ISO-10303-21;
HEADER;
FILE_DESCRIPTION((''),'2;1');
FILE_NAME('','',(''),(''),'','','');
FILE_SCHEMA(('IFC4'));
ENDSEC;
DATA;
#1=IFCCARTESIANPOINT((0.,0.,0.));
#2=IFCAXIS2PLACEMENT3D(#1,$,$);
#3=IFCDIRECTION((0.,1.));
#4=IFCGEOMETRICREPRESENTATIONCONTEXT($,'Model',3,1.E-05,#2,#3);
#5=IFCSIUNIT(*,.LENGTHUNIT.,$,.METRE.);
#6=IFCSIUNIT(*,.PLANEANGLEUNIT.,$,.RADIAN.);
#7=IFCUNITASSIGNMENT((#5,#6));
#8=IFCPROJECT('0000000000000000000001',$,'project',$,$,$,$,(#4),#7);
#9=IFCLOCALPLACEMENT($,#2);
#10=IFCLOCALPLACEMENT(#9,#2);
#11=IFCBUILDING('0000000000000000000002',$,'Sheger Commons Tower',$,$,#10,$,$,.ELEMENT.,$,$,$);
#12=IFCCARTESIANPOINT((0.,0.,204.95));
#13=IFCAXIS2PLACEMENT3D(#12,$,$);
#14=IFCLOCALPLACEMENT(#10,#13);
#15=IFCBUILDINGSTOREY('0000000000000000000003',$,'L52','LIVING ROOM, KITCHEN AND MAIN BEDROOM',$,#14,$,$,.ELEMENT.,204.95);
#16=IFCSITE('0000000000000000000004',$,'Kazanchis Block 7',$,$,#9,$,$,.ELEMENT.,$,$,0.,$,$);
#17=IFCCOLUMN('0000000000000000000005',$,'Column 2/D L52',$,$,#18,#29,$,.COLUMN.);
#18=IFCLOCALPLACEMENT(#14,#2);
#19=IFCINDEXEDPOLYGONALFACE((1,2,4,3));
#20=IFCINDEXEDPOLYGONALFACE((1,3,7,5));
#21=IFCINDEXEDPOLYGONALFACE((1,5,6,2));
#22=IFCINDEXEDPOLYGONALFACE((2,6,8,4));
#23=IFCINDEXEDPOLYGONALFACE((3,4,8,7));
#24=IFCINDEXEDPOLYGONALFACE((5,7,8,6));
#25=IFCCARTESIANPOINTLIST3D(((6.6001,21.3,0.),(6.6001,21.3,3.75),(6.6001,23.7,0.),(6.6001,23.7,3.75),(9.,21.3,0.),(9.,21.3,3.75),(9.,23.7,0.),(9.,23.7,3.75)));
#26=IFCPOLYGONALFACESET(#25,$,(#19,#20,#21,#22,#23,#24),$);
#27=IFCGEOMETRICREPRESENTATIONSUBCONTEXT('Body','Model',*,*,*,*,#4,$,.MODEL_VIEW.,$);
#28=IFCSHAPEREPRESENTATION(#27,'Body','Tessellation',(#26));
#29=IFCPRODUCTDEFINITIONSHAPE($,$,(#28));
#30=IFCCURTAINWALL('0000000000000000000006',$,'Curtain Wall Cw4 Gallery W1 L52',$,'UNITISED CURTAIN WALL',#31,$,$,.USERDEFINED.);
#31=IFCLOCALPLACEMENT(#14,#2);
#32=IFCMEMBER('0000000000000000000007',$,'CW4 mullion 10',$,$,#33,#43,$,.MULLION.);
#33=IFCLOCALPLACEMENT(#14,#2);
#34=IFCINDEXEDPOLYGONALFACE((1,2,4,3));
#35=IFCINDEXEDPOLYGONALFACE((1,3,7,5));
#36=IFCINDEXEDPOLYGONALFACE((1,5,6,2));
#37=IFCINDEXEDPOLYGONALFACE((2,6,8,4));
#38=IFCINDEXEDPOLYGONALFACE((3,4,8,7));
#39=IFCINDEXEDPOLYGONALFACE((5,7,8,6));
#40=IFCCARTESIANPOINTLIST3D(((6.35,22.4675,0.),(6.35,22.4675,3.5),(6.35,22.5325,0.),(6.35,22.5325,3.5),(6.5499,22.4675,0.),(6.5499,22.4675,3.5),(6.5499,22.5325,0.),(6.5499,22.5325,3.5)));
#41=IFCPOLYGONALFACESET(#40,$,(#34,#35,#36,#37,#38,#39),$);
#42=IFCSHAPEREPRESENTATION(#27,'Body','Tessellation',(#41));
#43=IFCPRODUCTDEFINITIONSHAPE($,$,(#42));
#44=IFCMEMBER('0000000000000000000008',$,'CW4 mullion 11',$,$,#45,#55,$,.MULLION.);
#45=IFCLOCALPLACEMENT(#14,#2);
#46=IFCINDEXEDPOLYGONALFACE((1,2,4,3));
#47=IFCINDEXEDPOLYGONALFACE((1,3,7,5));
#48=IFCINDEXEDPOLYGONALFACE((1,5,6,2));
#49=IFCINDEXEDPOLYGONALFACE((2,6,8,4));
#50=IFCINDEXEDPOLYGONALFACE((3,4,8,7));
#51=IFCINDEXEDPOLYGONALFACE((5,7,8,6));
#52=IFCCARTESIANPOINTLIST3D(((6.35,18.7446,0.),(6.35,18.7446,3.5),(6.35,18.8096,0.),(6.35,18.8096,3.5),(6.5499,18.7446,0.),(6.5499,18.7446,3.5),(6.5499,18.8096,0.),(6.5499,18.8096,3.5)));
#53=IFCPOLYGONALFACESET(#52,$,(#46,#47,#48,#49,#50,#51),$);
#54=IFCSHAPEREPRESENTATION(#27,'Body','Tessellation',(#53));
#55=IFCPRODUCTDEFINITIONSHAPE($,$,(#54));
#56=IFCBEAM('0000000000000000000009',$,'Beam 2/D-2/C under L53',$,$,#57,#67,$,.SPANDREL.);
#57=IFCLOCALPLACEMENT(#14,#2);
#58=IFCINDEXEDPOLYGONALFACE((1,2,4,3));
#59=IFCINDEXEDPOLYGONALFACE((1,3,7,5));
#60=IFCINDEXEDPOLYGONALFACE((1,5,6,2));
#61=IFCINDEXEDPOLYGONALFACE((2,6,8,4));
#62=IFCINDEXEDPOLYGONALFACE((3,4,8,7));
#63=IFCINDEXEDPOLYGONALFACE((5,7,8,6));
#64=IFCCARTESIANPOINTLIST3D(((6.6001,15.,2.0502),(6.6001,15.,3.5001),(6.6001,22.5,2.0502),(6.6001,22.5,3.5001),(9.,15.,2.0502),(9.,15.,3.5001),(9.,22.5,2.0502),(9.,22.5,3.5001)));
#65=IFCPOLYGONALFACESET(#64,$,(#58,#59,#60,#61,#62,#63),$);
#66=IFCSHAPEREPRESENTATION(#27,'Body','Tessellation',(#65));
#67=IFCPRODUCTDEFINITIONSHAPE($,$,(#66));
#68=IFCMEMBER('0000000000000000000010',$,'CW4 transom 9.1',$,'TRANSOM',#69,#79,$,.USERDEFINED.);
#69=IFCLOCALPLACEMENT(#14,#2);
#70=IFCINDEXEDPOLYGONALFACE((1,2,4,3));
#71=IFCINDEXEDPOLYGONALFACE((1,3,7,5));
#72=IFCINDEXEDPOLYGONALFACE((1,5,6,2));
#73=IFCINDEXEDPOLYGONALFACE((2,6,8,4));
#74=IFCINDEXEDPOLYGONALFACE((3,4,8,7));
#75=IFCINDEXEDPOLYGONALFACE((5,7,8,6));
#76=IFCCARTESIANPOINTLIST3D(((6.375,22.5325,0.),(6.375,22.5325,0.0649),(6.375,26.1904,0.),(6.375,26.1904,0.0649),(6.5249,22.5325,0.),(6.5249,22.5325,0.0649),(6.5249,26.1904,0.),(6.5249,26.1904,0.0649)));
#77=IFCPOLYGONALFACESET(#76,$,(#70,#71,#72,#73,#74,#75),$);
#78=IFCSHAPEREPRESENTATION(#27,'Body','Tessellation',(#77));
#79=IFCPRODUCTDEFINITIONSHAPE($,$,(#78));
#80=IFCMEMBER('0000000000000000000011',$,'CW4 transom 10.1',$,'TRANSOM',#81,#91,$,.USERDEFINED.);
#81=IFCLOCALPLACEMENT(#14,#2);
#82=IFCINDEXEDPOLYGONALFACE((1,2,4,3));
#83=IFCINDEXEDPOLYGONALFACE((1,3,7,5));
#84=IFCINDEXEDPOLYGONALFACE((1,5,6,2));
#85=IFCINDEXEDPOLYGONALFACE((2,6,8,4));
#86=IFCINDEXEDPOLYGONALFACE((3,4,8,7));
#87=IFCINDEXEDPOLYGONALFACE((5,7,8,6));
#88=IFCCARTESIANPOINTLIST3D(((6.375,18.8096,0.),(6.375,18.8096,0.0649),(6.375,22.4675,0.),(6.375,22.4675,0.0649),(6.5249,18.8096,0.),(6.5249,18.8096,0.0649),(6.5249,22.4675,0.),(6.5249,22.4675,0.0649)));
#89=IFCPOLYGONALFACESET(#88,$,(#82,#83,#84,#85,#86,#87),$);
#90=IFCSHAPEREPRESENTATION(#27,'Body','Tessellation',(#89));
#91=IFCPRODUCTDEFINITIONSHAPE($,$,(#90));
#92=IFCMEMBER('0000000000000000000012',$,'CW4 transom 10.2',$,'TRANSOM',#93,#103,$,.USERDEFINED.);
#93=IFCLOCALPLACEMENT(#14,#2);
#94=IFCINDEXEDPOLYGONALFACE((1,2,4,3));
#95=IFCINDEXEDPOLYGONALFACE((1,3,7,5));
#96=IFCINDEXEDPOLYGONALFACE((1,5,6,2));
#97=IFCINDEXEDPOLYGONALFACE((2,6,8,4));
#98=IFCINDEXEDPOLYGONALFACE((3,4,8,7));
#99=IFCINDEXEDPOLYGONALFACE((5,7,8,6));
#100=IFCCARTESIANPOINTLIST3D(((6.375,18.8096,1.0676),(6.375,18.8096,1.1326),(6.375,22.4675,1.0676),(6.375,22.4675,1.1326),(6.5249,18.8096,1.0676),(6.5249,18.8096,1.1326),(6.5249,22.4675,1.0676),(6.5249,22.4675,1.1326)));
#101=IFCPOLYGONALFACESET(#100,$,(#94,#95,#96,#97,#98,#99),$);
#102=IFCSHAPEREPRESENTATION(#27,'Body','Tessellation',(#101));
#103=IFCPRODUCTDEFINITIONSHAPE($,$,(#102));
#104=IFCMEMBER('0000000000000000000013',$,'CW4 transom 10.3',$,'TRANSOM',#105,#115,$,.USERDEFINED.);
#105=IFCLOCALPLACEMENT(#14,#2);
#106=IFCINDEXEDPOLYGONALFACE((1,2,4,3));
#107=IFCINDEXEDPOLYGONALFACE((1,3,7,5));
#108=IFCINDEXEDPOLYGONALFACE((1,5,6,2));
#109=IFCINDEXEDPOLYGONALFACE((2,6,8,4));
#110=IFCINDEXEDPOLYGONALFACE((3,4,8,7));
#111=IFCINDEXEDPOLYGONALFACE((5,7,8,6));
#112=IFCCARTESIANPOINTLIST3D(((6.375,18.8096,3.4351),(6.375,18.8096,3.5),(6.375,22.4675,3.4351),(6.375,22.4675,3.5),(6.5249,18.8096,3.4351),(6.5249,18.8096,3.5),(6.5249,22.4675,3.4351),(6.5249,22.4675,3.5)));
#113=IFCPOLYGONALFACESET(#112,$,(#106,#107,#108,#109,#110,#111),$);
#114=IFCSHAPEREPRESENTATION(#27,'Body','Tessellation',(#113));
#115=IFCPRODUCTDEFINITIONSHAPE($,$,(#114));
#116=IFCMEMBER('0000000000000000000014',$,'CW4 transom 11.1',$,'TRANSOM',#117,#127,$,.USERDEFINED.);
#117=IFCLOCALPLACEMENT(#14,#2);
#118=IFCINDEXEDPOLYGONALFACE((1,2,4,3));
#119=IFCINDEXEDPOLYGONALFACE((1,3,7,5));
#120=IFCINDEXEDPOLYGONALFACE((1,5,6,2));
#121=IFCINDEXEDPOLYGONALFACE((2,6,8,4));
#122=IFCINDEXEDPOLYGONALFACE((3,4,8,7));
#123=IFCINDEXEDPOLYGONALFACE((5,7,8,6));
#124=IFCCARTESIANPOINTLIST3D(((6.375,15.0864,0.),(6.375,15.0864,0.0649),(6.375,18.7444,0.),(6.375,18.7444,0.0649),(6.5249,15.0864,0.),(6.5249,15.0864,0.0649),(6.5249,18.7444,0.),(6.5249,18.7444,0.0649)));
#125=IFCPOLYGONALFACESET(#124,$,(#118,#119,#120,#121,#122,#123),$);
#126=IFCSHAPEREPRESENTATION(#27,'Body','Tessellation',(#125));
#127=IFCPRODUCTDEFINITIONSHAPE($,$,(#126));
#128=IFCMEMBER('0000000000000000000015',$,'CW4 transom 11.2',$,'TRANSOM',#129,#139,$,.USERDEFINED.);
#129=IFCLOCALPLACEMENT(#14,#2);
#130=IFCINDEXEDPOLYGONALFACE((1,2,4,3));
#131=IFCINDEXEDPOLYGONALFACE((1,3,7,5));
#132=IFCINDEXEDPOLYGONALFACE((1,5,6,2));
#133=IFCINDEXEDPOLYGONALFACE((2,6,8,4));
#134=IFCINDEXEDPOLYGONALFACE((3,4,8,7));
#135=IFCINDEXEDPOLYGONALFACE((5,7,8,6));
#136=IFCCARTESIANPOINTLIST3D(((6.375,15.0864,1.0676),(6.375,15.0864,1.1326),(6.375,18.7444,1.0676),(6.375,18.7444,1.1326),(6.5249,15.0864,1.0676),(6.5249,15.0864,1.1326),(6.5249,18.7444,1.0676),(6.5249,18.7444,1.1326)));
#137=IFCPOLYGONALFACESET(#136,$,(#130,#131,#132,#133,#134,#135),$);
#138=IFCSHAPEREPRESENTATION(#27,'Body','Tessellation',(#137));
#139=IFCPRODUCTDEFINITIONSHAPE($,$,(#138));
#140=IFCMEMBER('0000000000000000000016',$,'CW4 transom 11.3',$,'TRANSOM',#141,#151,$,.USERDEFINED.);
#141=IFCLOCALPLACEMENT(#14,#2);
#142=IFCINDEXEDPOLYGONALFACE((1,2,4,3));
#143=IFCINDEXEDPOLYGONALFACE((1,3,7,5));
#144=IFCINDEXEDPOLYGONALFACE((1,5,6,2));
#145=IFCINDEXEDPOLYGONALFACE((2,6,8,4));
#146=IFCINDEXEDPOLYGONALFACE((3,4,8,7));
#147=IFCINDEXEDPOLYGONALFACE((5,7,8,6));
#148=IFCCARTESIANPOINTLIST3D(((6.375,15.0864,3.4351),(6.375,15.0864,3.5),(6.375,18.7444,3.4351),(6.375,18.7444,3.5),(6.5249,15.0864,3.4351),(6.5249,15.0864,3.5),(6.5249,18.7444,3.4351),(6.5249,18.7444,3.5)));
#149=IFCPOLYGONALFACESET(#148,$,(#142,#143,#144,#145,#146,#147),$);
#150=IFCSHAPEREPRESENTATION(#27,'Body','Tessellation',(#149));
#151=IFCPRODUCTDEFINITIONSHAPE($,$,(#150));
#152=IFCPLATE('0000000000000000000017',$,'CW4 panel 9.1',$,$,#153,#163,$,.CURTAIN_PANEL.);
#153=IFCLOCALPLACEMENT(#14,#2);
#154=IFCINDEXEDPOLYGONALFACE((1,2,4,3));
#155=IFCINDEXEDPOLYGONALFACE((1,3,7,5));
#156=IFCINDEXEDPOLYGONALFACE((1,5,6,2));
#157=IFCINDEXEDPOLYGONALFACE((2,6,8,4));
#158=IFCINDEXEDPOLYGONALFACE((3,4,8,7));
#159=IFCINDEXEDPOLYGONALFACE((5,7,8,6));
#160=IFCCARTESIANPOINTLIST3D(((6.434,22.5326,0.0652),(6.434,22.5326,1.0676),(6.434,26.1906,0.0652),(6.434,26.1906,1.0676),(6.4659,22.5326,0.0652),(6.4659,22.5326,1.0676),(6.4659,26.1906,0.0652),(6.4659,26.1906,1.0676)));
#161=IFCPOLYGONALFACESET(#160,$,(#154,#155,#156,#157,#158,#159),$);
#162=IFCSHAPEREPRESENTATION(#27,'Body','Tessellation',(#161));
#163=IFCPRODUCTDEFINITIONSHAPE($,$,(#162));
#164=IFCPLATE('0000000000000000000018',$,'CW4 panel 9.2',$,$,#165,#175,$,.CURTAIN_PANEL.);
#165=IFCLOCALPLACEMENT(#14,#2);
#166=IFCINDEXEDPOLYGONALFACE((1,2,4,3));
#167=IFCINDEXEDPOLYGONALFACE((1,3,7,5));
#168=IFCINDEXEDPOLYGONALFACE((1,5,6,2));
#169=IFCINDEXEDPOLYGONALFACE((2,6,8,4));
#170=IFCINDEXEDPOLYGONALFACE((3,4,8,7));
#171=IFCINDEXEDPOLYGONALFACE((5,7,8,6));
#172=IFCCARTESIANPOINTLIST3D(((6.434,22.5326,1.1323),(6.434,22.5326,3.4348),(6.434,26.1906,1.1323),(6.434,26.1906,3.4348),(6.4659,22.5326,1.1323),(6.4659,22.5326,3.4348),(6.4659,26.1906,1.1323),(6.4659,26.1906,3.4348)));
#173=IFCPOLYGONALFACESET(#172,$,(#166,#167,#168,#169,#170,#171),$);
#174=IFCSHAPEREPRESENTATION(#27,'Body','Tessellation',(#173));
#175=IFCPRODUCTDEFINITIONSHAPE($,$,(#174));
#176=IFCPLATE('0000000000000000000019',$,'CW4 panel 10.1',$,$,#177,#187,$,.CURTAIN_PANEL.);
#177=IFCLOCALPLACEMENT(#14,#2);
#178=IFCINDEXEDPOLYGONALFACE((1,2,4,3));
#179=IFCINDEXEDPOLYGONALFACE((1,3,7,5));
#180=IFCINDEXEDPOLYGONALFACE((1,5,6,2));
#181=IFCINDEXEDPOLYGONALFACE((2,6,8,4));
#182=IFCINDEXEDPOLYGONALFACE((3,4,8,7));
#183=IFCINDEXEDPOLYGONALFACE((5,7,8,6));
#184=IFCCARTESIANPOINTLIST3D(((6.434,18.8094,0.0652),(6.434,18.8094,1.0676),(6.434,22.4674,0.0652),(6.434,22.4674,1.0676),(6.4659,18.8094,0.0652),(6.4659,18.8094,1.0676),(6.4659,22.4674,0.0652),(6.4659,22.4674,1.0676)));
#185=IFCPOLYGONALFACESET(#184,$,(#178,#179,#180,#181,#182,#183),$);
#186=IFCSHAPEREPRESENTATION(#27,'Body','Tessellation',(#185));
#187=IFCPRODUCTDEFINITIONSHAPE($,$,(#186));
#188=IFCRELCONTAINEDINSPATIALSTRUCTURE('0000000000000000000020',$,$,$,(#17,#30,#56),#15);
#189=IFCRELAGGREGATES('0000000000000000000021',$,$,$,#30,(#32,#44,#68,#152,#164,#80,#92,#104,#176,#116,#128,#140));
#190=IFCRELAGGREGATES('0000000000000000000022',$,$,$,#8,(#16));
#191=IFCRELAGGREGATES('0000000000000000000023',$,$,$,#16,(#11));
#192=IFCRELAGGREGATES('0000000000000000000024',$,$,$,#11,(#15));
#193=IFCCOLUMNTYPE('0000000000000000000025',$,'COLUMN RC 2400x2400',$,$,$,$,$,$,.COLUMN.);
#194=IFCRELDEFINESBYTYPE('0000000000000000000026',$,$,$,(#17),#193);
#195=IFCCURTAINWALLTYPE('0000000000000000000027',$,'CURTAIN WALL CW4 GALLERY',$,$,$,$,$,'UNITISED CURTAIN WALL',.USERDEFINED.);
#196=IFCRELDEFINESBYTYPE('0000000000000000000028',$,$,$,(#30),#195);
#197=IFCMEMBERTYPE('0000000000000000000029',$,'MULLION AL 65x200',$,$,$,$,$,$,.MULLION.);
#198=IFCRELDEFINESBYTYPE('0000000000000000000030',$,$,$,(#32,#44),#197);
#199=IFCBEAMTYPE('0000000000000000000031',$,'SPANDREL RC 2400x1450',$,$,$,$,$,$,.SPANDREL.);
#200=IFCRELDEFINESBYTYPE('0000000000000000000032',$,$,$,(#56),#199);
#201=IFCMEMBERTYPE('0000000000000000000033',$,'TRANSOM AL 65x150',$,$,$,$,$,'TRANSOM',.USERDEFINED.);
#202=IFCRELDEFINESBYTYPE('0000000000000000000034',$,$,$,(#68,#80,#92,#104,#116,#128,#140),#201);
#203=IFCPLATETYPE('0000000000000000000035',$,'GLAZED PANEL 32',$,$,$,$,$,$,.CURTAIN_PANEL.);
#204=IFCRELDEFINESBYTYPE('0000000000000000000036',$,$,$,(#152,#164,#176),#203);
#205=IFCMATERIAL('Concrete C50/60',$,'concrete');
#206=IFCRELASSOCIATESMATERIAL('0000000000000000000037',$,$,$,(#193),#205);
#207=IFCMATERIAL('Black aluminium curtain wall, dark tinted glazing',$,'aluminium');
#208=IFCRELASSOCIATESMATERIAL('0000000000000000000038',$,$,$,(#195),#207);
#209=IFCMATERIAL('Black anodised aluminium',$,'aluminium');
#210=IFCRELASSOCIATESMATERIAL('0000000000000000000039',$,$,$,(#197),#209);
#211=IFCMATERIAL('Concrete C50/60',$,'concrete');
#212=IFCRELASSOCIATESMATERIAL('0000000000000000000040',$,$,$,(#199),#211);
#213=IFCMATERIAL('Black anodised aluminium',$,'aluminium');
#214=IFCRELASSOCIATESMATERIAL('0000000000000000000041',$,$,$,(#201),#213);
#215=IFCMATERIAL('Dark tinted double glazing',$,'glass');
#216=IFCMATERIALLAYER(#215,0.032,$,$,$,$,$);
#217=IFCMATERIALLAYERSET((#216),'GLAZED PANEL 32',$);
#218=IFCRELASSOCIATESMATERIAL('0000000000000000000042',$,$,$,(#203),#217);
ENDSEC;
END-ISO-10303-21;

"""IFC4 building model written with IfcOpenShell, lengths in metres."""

from ifc_helpers import new_model, si_unit, direction, frame, origin, origin_2d, place, context, subcontext, project, spatial, rectangle, extrude, material, layer, layer_set, material_profile, profile_set, type_object, element, aggregate, save


model = new_model("IFC4")

# Units and contexts
model_context = context("Model", 3, precision=1e-05, world=origin(), true_north=direction((0.0, 1.0)))
body_context = subcontext(model_context, "Body", "Model", "MODEL_VIEW")
ifc_project = project(units=[si_unit("LENGTHUNIT", "METRE"), si_unit("PLANEANGLEUNIT", "RADIAN")], contexts=[model_context])

# Site, building, storey
site_placement = place(None, origin())
site = spatial("IfcSite", under=ifc_project, at=site_placement, Name="Kazanchis Block 7", CompositionType="ELEMENT", RefElevation=0.0)
building_placement = place(site_placement, origin())
building = spatial("IfcBuilding", under=site, at=building_placement, Name="Sheger Commons Tower", CompositionType="ELEMENT")
storey_placement = place(building_placement, frame((0.0, 0.0, 204.95)))
storey = spatial("IfcBuildingStorey", under=building, at=storey_placement, Name="L52", Description="LIVING ROOM, KITCHEN AND MAIN BEDROOM", CompositionType="ELEMENT", Elevation=204.95)

# Column
ifc_material_1 = material(Name="Concrete C50/60", Category="concrete")
ifc_material_profile_1 = material_profile(ifc_material_1, rectangle(XDim=2.3999, YDim=2.3999, at=origin_2d()), Name="RC 2400x2400")
ifc_profile_set_1 = profile_set([ifc_material_profile_1], Name="Concrete C50/60")
column_type = type_object("IfcColumnType", Name="COLUMN RC 2400x2400", PredefinedType="COLUMN", material=ifc_profile_set_1)
column_placement = place(storey_placement, frame((7.8, 22.5, 0.0), z_axis=(0.0, 0.0, 1.0), x_axis=(1.0, 0.0, 0.0)))
element("IfcColumn", 1, at=column_placement, inside=storey, type_object=column_type, Name="Column 2/D L52", PredefinedType="COLUMN", context=body_context, shape_type="SweptSolid", body=[
    extrude(rectangle(XDim=2.3999, YDim=2.3999, at=origin_2d()), origin(), (0.0, 0.0, 1.0), 3.75),
])

# Curtain wall, members
ifc_material_2 = material(Name="Black aluminium curtain wall, dark tinted glazing", Category="aluminium")
curtain_wall_type = type_object("IfcCurtainWallType", Name="CURTAIN WALL CW4 GALLERY", ElementType="UNITISED CURTAIN WALL", PredefinedType="USERDEFINED", material=ifc_material_2)
curtain_wall_placement = place(storey_placement, origin())
curtain_wall = element("IfcCurtainWall", 2, at=curtain_wall_placement, inside=storey, type_object=curtain_wall_type, Name="Curtain Wall Cw4 Gallery W1 L52", ObjectType="UNITISED CURTAIN WALL", PredefinedType="USERDEFINED")
ifc_material_3 = material(Name="Black anodised aluminium", Category="aluminium")
ifc_material_profile_2 = material_profile(ifc_material_3, rectangle(XDim=0.2, YDim=0.0649, at=origin_2d()), Name="AL 65x200")
ifc_profile_set_2 = profile_set([ifc_material_profile_2], Name="Black anodised aluminium")
member_type_1 = type_object("IfcMemberType", Name="MULLION AL 65x200", PredefinedType="MULLION", material=ifc_profile_set_2)
member_1_placement = place(storey_placement, frame((6.45, 22.5, 0.0), z_axis=(0.0, 0.0, 1.0), x_axis=(1.0, 0.0, 0.0)))
member_1 = element("IfcMember", 3, at=member_1_placement, type_object=member_type_1, Name="CW4 mullion 10", PredefinedType="MULLION", context=body_context, shape_type="SweptSolid", body=[
    extrude(rectangle(XDim=0.2, YDim=0.0649, at=origin_2d()), origin(), (0.0, 0.0, 1.0), 3.5),
])
member_2_placement = place(storey_placement, frame((6.45, 18.7771, 0.0), z_axis=(0.0, 0.0, 1.0), x_axis=(1.0, 0.0, 0.0)))
member_2 = element("IfcMember", 4, at=member_2_placement, type_object=member_type_1, Name="CW4 mullion 11", PredefinedType="MULLION", context=body_context, shape_type="SweptSolid", body=[
    extrude(rectangle(XDim=0.2, YDim=0.0649, at=origin_2d()), origin(), (0.0, 0.0, 1.0), 3.5),
])

# Beam
ifc_material_4 = material(Name="Concrete C50/60", Category="concrete")
ifc_material_profile_3 = material_profile(ifc_material_4, rectangle(XDim=2.3999, YDim=1.45, at=origin_2d()), Name="RC 2400x1450")
ifc_profile_set_3 = profile_set([ifc_material_profile_3], Name="Concrete C50/60")
beam_type = type_object("IfcBeamType", Name="SPANDREL RC 2400x1450", PredefinedType="SPANDREL", material=ifc_profile_set_3)
beam_placement = place(storey_placement, frame((7.8, 22.5, 2.7751), z_axis=(0.0, -1.0, 0.0), x_axis=(1.0, 0.0, 0.0)))
element("IfcBeam", 5, at=beam_placement, inside=storey, type_object=beam_type, Name="Beam 2/D-2/C under L53", PredefinedType="SPANDREL", context=body_context, shape_type="SweptSolid", body=[
    extrude(rectangle(XDim=2.3999, YDim=1.45, at=origin_2d()), origin(), (0.0, 0.0, 1.0), 7.5),
])

# Members
ifc_material_5 = material(Name="Black anodised aluminium", Category="aluminium")
ifc_material_profile_4 = material_profile(ifc_material_5, rectangle(XDim=0.1499, YDim=0.0649, at=origin_2d()), Name="AL 65x150")
ifc_profile_set_4 = profile_set([ifc_material_profile_4], Name="Black anodised aluminium")
member_type_2 = type_object("IfcMemberType", Name="TRANSOM AL 65x150", ElementType="TRANSOM", PredefinedType="USERDEFINED", material=ifc_profile_set_4)
member_3_placement = place(storey_placement, frame((6.45, 26.1904, 0.0325), z_axis=(0.0, -1.0, 0.0), x_axis=(1.0, 0.0, 0.0)))
member_3 = element("IfcMember", 6, at=member_3_placement, type_object=member_type_2, Name="CW4 transom 9.1", ObjectType="TRANSOM", PredefinedType="USERDEFINED", context=body_context, shape_type="SweptSolid", body=[
    extrude(rectangle(XDim=0.1499, YDim=0.0649, at=origin_2d()), origin(), (0.0, 0.0, 1.0), 3.658),
])
member_4_placement = place(storey_placement, frame((6.45, 22.4675, 0.0325), z_axis=(0.0, -1.0, 0.0), x_axis=(1.0, 0.0, 0.0)))
member_4 = element("IfcMember", 7, at=member_4_placement, type_object=member_type_2, Name="CW4 transom 10.1", ObjectType="TRANSOM", PredefinedType="USERDEFINED", context=body_context, shape_type="SweptSolid", body=[
    extrude(rectangle(XDim=0.1499, YDim=0.0649, at=origin_2d()), origin(), (0.0, 0.0, 1.0), 3.658),
])
member_5_placement = place(storey_placement, frame((6.45, 22.4675, 1.1001), z_axis=(0.0, -1.0, 0.0), x_axis=(1.0, 0.0, 0.0)))
member_5 = element("IfcMember", 8, at=member_5_placement, type_object=member_type_2, Name="CW4 transom 10.2", ObjectType="TRANSOM", PredefinedType="USERDEFINED", context=body_context, shape_type="SweptSolid", body=[
    extrude(rectangle(XDim=0.1499, YDim=0.0649, at=origin_2d()), origin(), (0.0, 0.0, 1.0), 3.658),
])
member_6_placement = place(storey_placement, frame((6.45, 22.4675, 3.4675), z_axis=(0.0, -1.0, 0.0), x_axis=(1.0, 0.0, 0.0)))
member_6 = element("IfcMember", 9, at=member_6_placement, type_object=member_type_2, Name="CW4 transom 10.3", ObjectType="TRANSOM", PredefinedType="USERDEFINED", context=body_context, shape_type="SweptSolid", body=[
    extrude(rectangle(XDim=0.1499, YDim=0.0649, at=origin_2d()), origin(), (0.0, 0.0, 1.0), 3.658),
])
member_7_placement = place(storey_placement, frame((6.45, 18.7444, 0.0325), z_axis=(0.0, -1.0, 0.0), x_axis=(1.0, 0.0, 0.0)))
member_7 = element("IfcMember", 10, at=member_7_placement, type_object=member_type_2, Name="CW4 transom 11.1", ObjectType="TRANSOM", PredefinedType="USERDEFINED", context=body_context, shape_type="SweptSolid", body=[
    extrude(rectangle(XDim=0.1499, YDim=0.0649, at=origin_2d()), origin(), (0.0, 0.0, 1.0), 3.658),
])
member_8_placement = place(storey_placement, frame((6.45, 18.7444, 1.1001), z_axis=(0.0, -1.0, 0.0), x_axis=(1.0, 0.0, 0.0)))
member_8 = element("IfcMember", 11, at=member_8_placement, type_object=member_type_2, Name="CW4 transom 11.2", ObjectType="TRANSOM", PredefinedType="USERDEFINED", context=body_context, shape_type="SweptSolid", body=[
    extrude(rectangle(XDim=0.1499, YDim=0.0649, at=origin_2d()), origin(), (0.0, 0.0, 1.0), 3.658),
])
member_9_placement = place(storey_placement, frame((6.45, 18.7444, 3.4675), z_axis=(0.0, -1.0, 0.0), x_axis=(1.0, 0.0, 0.0)))
member_9 = element("IfcMember", 12, at=member_9_placement, type_object=member_type_2, Name="CW4 transom 11.3", ObjectType="TRANSOM", PredefinedType="USERDEFINED", context=body_context, shape_type="SweptSolid", body=[
    extrude(rectangle(XDim=0.1499, YDim=0.0649, at=origin_2d()), origin(), (0.0, 0.0, 1.0), 3.658),
])

# Plates
ifc_material_6 = material(Name="Dark tinted double glazing", Category="glass")
ifc_layer_1 = layer(ifc_material_6, 0.032)
ifc_layer_set_1 = layer_set([ifc_layer_1], Name="GLAZED PANEL 32")
plate_type_1 = type_object("IfcPlateType", Name="GLAZED PANEL 32", PredefinedType="CURTAIN_PANEL", material=ifc_layer_set_1)
plate_1_placement = place(storey_placement, frame((6.45, 24.3616, 0.0652), z_axis=(0.0, 0.0, 1.0), x_axis=(0.0, -1.0, 0.0)))
plate_1 = element("IfcPlate", 13, at=plate_1_placement, type_object=plate_type_1, Name="CW4 panel 9.1", PredefinedType="CURTAIN_PANEL", context=body_context, shape_type="SweptSolid", body=[
    extrude(rectangle(XDim=3.658, YDim=0.032, at=origin_2d()), origin(), (0.0, 0.0, 1.0), 1.0024),
])
plate_2_placement = place(storey_placement, frame((6.45, 24.3616, 1.1323), z_axis=(0.0, 0.0, 1.0), x_axis=(0.0, -1.0, 0.0)))
plate_2 = element("IfcPlate", 14, at=plate_2_placement, type_object=plate_type_1, Name="CW4 panel 9.2", PredefinedType="CURTAIN_PANEL", context=body_context, shape_type="SweptSolid", body=[
    extrude(rectangle(XDim=3.658, YDim=0.032, at=origin_2d()), origin(), (0.0, 0.0, 1.0), 2.3025),
])
plate_3_placement = place(storey_placement, frame((6.45, 20.6384, 0.0652), z_axis=(0.0, 0.0, 1.0), x_axis=(0.0, -1.0, 0.0)))
plate_3 = element("IfcPlate", 15, at=plate_3_placement, type_object=plate_type_1, Name="CW4 panel 10.1", PredefinedType="CURTAIN_PANEL", context=body_context, shape_type="SweptSolid", body=[
    extrude(rectangle(XDim=3.658, YDim=0.032, at=origin_2d()), origin(), (0.0, 0.0, 1.0), 1.0024),
])
aggregate(curtain_wall, [member_1, member_2, member_3, plate_1, plate_2, member_4, member_5, member_6, plate_3, member_7, member_8, member_9])

save(model, "model.ifc")
